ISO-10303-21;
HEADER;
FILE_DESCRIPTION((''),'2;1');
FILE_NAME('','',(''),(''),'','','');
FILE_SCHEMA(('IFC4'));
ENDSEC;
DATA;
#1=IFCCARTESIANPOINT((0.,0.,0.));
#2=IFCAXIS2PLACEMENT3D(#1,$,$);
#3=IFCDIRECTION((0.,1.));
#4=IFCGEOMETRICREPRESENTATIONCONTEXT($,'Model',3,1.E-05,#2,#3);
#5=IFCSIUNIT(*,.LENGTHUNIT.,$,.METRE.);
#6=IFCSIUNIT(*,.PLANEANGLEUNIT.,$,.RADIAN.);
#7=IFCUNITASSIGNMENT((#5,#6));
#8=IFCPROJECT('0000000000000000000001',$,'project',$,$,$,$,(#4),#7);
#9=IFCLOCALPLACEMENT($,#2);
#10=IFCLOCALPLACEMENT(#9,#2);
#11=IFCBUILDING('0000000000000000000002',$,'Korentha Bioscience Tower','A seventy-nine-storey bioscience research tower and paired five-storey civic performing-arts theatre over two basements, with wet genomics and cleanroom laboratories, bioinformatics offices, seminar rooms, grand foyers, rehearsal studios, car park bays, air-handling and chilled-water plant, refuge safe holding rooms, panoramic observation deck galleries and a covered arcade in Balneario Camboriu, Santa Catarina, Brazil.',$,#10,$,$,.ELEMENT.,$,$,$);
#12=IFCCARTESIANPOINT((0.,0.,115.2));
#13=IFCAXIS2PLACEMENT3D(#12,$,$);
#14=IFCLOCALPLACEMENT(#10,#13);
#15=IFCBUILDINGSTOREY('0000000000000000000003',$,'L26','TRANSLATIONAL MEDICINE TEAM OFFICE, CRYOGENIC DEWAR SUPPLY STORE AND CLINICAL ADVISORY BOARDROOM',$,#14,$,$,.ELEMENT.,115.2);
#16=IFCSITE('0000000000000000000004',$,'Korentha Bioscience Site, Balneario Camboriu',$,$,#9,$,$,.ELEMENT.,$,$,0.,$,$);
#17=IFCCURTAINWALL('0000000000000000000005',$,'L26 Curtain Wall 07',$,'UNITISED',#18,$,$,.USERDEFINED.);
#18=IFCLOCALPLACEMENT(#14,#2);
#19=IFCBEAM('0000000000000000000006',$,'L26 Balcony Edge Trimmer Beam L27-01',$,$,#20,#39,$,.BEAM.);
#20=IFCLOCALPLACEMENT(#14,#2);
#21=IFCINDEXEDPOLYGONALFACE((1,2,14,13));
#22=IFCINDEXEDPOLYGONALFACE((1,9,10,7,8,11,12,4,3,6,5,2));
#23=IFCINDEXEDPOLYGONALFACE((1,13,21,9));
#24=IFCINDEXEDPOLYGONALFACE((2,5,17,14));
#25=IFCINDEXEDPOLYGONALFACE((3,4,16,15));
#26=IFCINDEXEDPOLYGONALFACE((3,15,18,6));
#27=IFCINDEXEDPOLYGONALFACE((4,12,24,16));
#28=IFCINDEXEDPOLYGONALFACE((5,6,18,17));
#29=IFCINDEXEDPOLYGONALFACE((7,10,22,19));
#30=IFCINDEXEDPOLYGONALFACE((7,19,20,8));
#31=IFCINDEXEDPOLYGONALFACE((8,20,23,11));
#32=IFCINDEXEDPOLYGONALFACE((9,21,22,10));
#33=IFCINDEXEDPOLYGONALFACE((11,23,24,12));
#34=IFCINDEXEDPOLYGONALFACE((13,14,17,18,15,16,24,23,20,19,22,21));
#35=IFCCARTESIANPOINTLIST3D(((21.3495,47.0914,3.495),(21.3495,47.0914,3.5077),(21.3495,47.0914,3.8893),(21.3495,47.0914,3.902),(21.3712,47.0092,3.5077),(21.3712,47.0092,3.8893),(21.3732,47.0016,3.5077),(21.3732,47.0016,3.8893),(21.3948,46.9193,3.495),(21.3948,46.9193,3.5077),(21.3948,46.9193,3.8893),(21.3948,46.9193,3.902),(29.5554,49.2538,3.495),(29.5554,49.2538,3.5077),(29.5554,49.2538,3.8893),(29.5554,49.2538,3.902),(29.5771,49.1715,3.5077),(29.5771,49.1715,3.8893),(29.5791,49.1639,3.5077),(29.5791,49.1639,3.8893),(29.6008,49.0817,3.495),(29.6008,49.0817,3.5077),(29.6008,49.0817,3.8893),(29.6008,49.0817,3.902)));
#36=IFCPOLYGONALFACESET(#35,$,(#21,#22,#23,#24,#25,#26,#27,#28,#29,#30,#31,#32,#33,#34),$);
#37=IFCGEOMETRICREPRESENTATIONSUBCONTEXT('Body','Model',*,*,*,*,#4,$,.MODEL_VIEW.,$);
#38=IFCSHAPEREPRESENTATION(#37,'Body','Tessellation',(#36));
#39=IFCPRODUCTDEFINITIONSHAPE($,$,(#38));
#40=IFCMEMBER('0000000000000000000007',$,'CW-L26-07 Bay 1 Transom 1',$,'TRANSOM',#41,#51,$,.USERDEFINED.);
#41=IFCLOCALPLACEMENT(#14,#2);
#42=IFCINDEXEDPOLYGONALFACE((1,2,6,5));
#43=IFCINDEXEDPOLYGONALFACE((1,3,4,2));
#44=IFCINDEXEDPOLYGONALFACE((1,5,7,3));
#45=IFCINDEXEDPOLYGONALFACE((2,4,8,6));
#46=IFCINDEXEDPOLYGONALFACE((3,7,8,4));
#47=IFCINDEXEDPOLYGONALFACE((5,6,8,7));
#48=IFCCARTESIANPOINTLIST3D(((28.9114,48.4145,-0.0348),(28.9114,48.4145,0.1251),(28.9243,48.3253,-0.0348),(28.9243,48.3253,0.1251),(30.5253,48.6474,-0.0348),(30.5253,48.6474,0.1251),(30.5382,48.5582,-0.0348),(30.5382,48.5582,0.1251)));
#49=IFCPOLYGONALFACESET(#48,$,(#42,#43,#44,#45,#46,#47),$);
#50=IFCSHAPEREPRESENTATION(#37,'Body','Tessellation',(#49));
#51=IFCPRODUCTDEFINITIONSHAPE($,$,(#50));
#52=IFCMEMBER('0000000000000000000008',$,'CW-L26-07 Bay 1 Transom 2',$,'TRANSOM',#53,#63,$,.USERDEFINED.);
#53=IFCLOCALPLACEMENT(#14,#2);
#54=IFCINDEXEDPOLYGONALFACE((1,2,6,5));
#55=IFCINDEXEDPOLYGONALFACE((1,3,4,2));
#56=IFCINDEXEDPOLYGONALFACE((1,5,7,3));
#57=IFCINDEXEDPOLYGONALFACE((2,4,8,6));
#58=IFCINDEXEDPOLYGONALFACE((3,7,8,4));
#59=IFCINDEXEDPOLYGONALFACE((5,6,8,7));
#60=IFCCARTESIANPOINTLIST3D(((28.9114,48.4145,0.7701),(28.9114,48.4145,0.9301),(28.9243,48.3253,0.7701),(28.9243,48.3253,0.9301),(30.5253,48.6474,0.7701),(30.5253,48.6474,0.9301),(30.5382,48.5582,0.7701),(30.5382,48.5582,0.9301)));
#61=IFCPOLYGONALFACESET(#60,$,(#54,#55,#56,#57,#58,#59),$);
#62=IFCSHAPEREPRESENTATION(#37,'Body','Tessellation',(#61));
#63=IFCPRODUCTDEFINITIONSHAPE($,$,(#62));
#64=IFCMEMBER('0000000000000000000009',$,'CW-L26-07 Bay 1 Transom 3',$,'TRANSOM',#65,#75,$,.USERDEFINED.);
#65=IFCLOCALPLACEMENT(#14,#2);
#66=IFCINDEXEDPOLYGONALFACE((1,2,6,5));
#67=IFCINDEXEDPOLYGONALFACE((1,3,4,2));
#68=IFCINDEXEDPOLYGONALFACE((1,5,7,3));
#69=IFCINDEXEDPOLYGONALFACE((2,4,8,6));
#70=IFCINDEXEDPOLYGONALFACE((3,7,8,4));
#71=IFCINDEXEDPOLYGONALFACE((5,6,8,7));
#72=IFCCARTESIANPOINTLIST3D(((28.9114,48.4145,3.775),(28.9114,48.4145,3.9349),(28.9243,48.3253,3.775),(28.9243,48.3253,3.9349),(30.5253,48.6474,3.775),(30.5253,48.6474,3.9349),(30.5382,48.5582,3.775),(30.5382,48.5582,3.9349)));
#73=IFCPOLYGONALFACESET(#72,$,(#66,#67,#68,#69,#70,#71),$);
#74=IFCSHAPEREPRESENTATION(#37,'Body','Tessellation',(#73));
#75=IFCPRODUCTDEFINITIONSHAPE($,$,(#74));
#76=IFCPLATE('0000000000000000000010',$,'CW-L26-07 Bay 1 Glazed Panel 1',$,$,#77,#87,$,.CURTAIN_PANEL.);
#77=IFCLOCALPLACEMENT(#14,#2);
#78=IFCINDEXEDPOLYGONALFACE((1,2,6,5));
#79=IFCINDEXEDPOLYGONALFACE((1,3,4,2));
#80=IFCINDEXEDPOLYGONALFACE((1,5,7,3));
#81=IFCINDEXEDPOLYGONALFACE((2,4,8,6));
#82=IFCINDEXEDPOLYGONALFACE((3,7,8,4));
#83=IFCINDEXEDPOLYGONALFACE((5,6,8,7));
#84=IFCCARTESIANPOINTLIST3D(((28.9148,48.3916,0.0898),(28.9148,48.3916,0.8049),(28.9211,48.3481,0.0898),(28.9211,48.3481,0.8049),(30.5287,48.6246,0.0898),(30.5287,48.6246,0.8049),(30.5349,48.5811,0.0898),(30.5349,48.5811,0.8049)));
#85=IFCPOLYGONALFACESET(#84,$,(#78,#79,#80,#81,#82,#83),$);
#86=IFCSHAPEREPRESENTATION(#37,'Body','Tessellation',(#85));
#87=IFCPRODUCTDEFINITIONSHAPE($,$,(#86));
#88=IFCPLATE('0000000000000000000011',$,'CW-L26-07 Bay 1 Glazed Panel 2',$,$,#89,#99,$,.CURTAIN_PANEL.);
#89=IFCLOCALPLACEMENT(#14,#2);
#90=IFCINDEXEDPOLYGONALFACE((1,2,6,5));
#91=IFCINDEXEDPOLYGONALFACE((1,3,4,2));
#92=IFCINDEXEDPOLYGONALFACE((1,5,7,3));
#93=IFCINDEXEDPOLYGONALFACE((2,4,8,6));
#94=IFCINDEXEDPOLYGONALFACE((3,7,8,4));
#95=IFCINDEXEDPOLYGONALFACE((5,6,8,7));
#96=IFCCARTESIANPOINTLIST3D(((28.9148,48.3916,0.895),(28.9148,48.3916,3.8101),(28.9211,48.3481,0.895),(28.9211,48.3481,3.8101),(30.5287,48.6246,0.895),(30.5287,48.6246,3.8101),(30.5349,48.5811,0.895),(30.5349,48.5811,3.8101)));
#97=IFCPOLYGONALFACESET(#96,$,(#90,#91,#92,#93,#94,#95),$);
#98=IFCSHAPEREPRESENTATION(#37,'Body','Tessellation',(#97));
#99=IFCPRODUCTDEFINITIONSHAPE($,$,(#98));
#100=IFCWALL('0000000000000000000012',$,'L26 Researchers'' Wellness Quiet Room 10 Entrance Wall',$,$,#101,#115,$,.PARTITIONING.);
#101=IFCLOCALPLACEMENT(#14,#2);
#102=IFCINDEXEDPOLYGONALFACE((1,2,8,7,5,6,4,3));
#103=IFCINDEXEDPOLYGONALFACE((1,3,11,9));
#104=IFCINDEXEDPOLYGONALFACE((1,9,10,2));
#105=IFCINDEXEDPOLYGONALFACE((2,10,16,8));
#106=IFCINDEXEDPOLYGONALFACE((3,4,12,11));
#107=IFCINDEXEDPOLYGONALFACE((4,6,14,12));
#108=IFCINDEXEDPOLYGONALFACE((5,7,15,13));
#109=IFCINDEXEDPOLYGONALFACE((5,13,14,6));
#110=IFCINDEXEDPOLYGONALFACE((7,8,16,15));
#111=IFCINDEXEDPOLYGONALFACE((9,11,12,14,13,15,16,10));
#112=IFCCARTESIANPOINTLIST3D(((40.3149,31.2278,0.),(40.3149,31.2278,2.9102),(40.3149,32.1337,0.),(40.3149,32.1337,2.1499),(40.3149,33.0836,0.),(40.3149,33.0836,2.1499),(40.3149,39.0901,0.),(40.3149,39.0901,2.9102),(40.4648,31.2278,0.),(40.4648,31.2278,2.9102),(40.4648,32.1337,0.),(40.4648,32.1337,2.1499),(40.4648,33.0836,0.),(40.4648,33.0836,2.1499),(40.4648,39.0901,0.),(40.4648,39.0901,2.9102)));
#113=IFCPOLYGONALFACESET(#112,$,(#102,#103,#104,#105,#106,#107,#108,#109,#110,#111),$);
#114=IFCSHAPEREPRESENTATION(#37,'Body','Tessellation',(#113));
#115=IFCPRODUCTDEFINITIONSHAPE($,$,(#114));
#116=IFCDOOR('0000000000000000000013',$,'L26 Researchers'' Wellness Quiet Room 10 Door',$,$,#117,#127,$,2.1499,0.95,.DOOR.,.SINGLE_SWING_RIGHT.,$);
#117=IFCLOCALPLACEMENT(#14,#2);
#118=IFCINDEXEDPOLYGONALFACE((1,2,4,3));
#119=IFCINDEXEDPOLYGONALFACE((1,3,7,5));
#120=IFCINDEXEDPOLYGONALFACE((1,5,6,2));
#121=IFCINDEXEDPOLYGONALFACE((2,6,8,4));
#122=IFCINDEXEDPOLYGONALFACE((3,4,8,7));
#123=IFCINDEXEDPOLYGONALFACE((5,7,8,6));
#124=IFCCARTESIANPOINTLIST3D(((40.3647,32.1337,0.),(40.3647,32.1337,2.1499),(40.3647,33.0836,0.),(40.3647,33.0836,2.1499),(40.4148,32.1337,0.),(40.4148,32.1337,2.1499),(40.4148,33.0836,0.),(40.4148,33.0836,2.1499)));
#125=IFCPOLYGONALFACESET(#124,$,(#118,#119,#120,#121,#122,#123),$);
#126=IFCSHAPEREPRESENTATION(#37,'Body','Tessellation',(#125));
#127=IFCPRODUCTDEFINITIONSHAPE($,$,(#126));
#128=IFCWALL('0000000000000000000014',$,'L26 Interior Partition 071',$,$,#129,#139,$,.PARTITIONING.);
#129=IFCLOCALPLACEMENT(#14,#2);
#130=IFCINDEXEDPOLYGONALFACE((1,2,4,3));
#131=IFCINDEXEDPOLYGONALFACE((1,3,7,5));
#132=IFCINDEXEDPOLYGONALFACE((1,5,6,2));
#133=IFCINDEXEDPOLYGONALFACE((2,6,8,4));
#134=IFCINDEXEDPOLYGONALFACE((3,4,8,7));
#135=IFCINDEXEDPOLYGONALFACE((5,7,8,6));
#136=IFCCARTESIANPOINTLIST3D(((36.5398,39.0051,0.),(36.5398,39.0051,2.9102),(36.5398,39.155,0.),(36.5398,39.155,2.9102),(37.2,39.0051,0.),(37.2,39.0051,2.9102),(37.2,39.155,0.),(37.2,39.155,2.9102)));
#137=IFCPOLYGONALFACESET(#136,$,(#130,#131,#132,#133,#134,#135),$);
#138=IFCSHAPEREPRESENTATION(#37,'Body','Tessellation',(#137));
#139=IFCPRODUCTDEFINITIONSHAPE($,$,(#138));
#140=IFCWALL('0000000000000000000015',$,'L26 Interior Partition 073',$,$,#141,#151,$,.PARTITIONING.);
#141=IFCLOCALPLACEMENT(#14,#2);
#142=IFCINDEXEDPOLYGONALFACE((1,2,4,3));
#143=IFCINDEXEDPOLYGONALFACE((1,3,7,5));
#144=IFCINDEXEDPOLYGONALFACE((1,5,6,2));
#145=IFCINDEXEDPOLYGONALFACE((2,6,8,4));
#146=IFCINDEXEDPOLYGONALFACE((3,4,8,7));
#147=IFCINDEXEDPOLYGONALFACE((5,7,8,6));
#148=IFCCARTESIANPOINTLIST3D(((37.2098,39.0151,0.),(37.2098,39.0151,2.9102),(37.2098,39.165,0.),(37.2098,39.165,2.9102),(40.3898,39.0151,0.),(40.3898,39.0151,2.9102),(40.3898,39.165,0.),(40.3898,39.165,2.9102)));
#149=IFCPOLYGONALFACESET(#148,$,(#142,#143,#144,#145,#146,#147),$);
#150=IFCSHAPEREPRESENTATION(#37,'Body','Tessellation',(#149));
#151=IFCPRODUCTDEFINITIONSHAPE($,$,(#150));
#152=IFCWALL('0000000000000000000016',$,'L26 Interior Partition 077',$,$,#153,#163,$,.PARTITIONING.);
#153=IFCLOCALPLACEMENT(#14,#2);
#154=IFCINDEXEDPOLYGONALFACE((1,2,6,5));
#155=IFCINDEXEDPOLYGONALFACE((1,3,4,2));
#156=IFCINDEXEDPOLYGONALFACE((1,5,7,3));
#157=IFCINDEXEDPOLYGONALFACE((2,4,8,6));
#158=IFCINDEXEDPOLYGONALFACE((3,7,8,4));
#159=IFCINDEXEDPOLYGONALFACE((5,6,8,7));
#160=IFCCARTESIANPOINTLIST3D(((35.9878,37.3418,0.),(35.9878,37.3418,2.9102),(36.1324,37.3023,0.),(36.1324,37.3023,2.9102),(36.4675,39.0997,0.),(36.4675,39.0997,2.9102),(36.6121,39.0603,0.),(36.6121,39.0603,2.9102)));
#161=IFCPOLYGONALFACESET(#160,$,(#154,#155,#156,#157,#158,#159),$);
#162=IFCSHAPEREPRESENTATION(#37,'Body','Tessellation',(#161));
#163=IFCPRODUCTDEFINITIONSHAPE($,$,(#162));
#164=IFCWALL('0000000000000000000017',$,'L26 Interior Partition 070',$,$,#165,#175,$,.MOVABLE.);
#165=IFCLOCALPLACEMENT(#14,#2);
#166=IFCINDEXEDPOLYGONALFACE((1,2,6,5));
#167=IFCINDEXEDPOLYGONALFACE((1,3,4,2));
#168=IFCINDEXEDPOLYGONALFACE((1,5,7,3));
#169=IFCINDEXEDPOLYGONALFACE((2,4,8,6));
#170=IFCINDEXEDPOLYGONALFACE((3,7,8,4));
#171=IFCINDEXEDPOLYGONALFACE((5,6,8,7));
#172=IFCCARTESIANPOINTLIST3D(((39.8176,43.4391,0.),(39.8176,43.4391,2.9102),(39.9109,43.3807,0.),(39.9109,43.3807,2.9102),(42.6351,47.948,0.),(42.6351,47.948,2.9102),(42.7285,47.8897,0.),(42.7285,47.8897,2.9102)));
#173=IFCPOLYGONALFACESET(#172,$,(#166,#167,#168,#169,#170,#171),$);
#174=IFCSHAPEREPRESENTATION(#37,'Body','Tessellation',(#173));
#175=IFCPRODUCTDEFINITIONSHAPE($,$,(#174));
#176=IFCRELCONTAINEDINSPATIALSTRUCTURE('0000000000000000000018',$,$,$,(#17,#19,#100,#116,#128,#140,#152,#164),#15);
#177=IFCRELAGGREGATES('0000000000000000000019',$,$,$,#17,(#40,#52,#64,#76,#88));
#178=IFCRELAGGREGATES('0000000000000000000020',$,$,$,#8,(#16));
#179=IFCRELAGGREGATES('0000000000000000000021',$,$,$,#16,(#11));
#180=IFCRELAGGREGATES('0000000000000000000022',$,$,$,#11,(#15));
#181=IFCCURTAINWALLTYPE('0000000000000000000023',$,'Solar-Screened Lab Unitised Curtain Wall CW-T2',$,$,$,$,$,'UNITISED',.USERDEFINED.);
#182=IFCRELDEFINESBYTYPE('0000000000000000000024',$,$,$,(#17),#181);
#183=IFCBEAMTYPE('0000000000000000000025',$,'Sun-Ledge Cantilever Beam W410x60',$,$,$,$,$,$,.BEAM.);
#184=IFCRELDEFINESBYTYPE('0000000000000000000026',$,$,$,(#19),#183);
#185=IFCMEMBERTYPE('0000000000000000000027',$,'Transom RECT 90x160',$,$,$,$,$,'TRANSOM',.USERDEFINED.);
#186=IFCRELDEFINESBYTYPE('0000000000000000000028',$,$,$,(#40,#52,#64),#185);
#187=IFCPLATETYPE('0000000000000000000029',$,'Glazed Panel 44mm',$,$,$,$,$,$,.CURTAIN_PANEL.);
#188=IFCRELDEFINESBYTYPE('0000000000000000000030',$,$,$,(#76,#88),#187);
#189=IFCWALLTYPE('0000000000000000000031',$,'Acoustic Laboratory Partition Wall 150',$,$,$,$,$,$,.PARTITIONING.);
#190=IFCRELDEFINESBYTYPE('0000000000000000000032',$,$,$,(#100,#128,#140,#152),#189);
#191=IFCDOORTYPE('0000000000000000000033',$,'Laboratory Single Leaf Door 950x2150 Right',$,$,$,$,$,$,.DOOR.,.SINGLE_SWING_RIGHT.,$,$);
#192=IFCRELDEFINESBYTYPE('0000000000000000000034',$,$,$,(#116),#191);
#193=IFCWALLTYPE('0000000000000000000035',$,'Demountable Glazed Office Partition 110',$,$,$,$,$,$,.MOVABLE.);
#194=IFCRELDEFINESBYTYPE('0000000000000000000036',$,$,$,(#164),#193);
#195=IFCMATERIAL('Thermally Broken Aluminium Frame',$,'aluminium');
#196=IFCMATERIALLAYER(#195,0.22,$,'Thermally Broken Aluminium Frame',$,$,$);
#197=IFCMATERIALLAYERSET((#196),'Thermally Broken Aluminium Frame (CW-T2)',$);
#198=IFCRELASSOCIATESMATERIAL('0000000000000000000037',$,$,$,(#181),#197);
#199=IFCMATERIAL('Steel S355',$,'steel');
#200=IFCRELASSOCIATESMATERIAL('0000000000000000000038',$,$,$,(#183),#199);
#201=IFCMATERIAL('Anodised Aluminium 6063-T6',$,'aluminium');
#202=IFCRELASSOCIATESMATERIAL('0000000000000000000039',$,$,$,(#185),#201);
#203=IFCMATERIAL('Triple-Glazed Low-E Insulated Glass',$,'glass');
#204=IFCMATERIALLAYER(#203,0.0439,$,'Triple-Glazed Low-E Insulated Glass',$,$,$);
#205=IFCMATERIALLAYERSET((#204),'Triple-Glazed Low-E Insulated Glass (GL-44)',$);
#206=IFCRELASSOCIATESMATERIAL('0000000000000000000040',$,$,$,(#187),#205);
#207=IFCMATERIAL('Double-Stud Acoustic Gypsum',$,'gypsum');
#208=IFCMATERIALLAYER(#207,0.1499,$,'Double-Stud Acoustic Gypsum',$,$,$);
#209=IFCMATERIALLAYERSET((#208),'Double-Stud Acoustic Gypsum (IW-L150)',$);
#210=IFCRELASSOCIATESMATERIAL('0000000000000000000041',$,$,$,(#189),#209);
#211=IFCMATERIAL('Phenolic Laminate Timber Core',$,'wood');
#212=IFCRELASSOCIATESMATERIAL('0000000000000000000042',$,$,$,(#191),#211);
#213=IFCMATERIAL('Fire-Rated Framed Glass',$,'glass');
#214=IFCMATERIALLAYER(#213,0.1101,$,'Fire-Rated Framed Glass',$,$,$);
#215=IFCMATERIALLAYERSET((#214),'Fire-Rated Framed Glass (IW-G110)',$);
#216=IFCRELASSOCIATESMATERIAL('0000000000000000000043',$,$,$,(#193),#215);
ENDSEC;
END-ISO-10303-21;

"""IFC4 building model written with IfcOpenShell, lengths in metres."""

from ifc_helpers import new_model, si_unit, direction, frame, frame_2d, origin, origin_2d, place, context, subcontext, project, spatial, rectangle, i_section, extrude, material, layer, layer_set, material_profile, profile_set, type_object, element, fill, aggregate, save


model = new_model("IFC4")

# Units and contexts
model_context = context("Model", 3, precision=1e-05, world=origin(), true_north=direction((0.0, 1.0)))
body_context = subcontext(model_context, "Body", "Model", "MODEL_VIEW")
ifc_project = project(units=[si_unit("LENGTHUNIT", "METRE"), si_unit("PLANEANGLEUNIT", "RADIAN")], contexts=[model_context])

# Site, building, storey
site_placement = place(None, origin())
site = spatial("IfcSite", under=ifc_project, at=site_placement, Name="Korentha Bioscience Site, Balneario Camboriu", CompositionType="ELEMENT", RefElevation=0.0)
building_placement = place(site_placement, origin())
building = spatial("IfcBuilding", under=site, at=building_placement, Name="Korentha Bioscience Tower", Description="A seventy-nine-storey bioscience research tower and paired five-storey civic performing-arts theatre over two basements, with wet genomics and cleanroom laboratories, bioinformatics offices, seminar rooms, grand foyers, rehearsal studios, car park bays, air-handling and chilled-water plant, refuge safe holding rooms, panoramic observation deck galleries and a covered arcade in Balneario Camboriu, Santa Catarina, Brazil.", CompositionType="ELEMENT")
storey_placement = place(building_placement, frame((0.0, 0.0, 115.2)))
storey = spatial("IfcBuildingStorey", under=building, at=storey_placement, Name="L26", Description="TRANSLATIONAL MEDICINE TEAM OFFICE, CRYOGENIC DEWAR SUPPLY STORE AND CLINICAL ADVISORY BOARDROOM", CompositionType="ELEMENT", Elevation=115.2)

# Curtain wall
ifc_material_1 = material(Name="Thermally Broken Aluminium Frame", Category="aluminium")
ifc_layer_1 = layer(ifc_material_1, 0.22, Name="Thermally Broken Aluminium Frame")
ifc_layer_set_1 = layer_set([ifc_layer_1], Name="Thermally Broken Aluminium Frame (CW-T2)")
curtain_wall_type = type_object("IfcCurtainWallType", Name="Solar-Screened Lab Unitised Curtain Wall CW-T2", ElementType="UNITISED", PredefinedType="USERDEFINED", material=ifc_layer_set_1)
curtain_wall_placement = place(storey_placement, origin())
curtain_wall = element("IfcCurtainWall", 1, at=curtain_wall_placement, inside=storey, type_object=curtain_wall_type, Name="L26 Curtain Wall 07", ObjectType="UNITISED", PredefinedType="USERDEFINED")
ifc_material_2 = material(Name="Anodised Aluminium 6063-T6", Category="aluminium")

# Beam
ifc_material_3 = material(Name="Steel S355", Category="steel")
ifc_material_profile_1 = material_profile(ifc_material_3, i_section(OverallWidth=0.178, OverallDepth=0.407, WebThickness=0.0078, FlangeThickness=0.0127, at=origin_2d()), Name="Steel S355")
ifc_profile_set_1 = profile_set([ifc_material_profile_1], Name="Steel S355 (CB-410)")
beam_type_1 = type_object("IfcBeamType", Name="Sun-Ledge Cantilever Beam W410x60", PredefinedType="BEAM", material=ifc_profile_set_1)
beam_1_placement = place(storey_placement, frame((29.5781, 49.1677, 3.6985), z_axis=(-0.966991, -0.254809, 0.0), x_axis=(0.254809, -0.966991, 0.0)))
element("IfcBeam", 2, at=beam_1_placement, inside=storey, type_object=beam_type_1, Name="L26 Balcony Edge Trimmer Beam L27-01", PredefinedType="BEAM", context=body_context, shape_type="SweptSolid", body=[
    extrude(i_section(OverallWidth=0.178, OverallDepth=0.407, WebThickness=0.0078, FlangeThickness=0.0127, at=origin_2d()), origin(), (0.0, 0.0, 1.0), 8.4861),
])

# Members
ifc_material_profile_2 = material_profile(ifc_material_2, rectangle(XDim=0.0901, YDim=0.1599, at=origin_2d()), Name="Anodised Aluminium 6063-T6")
ifc_profile_set_2 = profile_set([ifc_material_profile_2], Name="Anodised Aluminium 6063-T6 (CW-TRN)")
member_type_1 = type_object("IfcMemberType", Name="Transom RECT 90x160", ElementType="TRANSOM", PredefinedType="USERDEFINED", material=ifc_profile_set_2)
member_1_placement = place(storey_placement, frame((30.5317, 48.6028, 0.0452), z_axis=(-0.989748, -0.142826, 0.0), x_axis=(0.142826, -0.989748, 0.0)))
member_1 = element("IfcMember", 3, at=member_1_placement, type_object=member_type_1, Name="CW-L26-07 Bay 1 Transom 1", ObjectType="TRANSOM", PredefinedType="USERDEFINED", context=body_context, shape_type="SweptSolid", body=[
    extrude(rectangle(XDim=0.0901, YDim=0.1599, at=origin_2d()), origin(), (0.0, 0.0, 1.0), 1.6306),
])
member_2_placement = place(storey_placement, frame((30.5317, 48.6028, 0.8501), z_axis=(-0.989748, -0.142826, 0.0), x_axis=(0.142826, -0.989748, 0.0)))
member_2 = element("IfcMember", 4, at=member_2_placement, type_object=member_type_1, Name="CW-L26-07 Bay 1 Transom 2", ObjectType="TRANSOM", PredefinedType="USERDEFINED", context=body_context, shape_type="SweptSolid", body=[
    extrude(rectangle(XDim=0.0901, YDim=0.1599, at=origin_2d()), origin(), (0.0, 0.0, 1.0), 1.6306),
])
member_3_placement = place(storey_placement, frame((30.5317, 48.6028, 3.855), z_axis=(-0.989748, -0.142826, 0.0), x_axis=(0.142826, -0.989748, 0.0)))
member_3 = element("IfcMember", 5, at=member_3_placement, type_object=member_type_1, Name="CW-L26-07 Bay 1 Transom 3", ObjectType="TRANSOM", PredefinedType="USERDEFINED", context=body_context, shape_type="SweptSolid", body=[
    extrude(rectangle(XDim=0.0901, YDim=0.1599, at=origin_2d()), origin(), (0.0, 0.0, 1.0), 1.6306),
])

# Plates
ifc_material_4 = material(Name="Triple-Glazed Low-E Insulated Glass", Category="glass")
ifc_layer_2 = layer(ifc_material_4, 0.0439, Name="Triple-Glazed Low-E Insulated Glass")
ifc_layer_set_2 = layer_set([ifc_layer_2], Name="Triple-Glazed Low-E Insulated Glass (GL-44)")
plate_type = type_object("IfcPlateType", Name="Glazed Panel 44mm", PredefinedType="CURTAIN_PANEL", material=ifc_layer_set_2)
plate_1_placement = place(storey_placement, frame((29.7249, 48.4863, 0.0898), z_axis=(0.0, 0.0, 1.0), x_axis=(-0.989738, -0.142892, 0.0)))
plate_1 = element("IfcPlate", 6, at=plate_1_placement, type_object=plate_type, Name="CW-L26-07 Bay 1 Glazed Panel 1", PredefinedType="CURTAIN_PANEL", context=body_context, shape_type="SweptSolid", body=[
    extrude(rectangle(XDim=1.6306, YDim=0.0439, at=origin_2d()), origin(), (0.0, 0.0, 1.0), 0.7151),
])
plate_2_placement = place(storey_placement, frame((29.7249, 48.4863, 0.895), z_axis=(0.0, 0.0, 1.0), x_axis=(-0.989738, -0.142892, 0.0)))
plate_2 = element("IfcPlate", 7, at=plate_2_placement, type_object=plate_type, Name="CW-L26-07 Bay 1 Glazed Panel 2", PredefinedType="CURTAIN_PANEL", context=body_context, shape_type="SweptSolid", body=[
    extrude(rectangle(XDim=1.6306, YDim=0.0439, at=origin_2d()), origin(), (0.0, 0.0, 1.0), 2.915),
])
aggregate(curtain_wall, [member_1, member_2, member_3, plate_1, plate_2])

# Wall, opening, door
ifc_material_5 = material(Name="Double-Stud Acoustic Gypsum", Category="gypsum")
ifc_layer_3 = layer(ifc_material_5, 0.1499, Name="Double-Stud Acoustic Gypsum")
ifc_layer_set_3 = layer_set([ifc_layer_3], Name="Double-Stud Acoustic Gypsum (IW-L150)")
wall_type_1 = type_object("IfcWallType", Name="Acoustic Laboratory Partition Wall 150", PredefinedType="PARTITIONING", material=ifc_layer_set_3)
wall_1_placement = place(storey_placement, frame((40.3899, 39.0901, 0.0), z_axis=(0.0, 0.0, 1.0), x_axis=(0.0, -1.0, 0.0)))
wall_1 = element("IfcWall", 8, at=wall_1_placement, inside=storey, type_object=wall_type_1, Name="L26 Researchers' Wellness Quiet Room 10 Entrance Wall", PredefinedType="PARTITIONING", context=body_context, shape_type="SweptSolid", body=[
    extrude(rectangle(XDim=7.8623, YDim=0.1499, at=frame_2d((3.9312, 0.0))), origin(), (0.0, 0.0, 1.0), 2.9102),
])
opening_1_placement = place(wall_1_placement, frame((6.0063, 0.0, 0.0)))
opening_1 = element("IfcOpeningElement", 9, at=opening_1_placement, cuts=wall_1, PredefinedType="OPENING", context=body_context, shape_type="SweptSolid", body=[
    extrude(rectangle(XDim=0.95, YDim=2.1499, at=frame_2d((0.4751, 1.075))), frame((0.0, 0.0898, 0.0), z_axis=(0.0, -1.0, 0.0), x_axis=(1.0, 0.0, 0.0)), (0.0, 0.0, 1.0), 0.1797),
])
ifc_material_6 = material(Name="Phenolic Laminate Timber Core", Category="wood")
door_type_1 = type_object("IfcDoorType", Name="Laboratory Single Leaf Door 950x2150 Right", OperationType="SINGLE_SWING_RIGHT", PredefinedType="DOOR", material=ifc_material_6)
door_1_placement = place(opening_1_placement, origin())
door_1 = element("IfcDoor", 10, at=door_1_placement, inside=storey, type_object=door_type_1, Name="L26 Researchers' Wellness Quiet Room 10 Door", OperationType="SINGLE_SWING_RIGHT", OverallHeight=2.1499, OverallWidth=0.95, PredefinedType="DOOR", context=body_context, shape_type="SweptSolid", body=[
    extrude(rectangle(XDim=0.95, YDim=2.1499, at=frame_2d((0.4751, 1.075))), frame((0.0, 0.0249, 0.0), z_axis=(0.0, -1.0, 0.0), x_axis=(1.0, 0.0, 0.0)), (0.0, 0.0, 1.0), 0.05),
])
fill(opening_1, door_1)

# Walls
wall_2_placement = place(storey_placement, frame((36.5398, 39.0801, 0.0), z_axis=(0.0, 0.0, 1.0), x_axis=(1.0, 0.0, 0.0)))
element("IfcWall", 11, at=wall_2_placement, inside=storey, type_object=wall_type_1, Name="L26 Interior Partition 071", PredefinedType="PARTITIONING", context=body_context, shape_type="SweptSolid", body=[
    extrude(rectangle(XDim=0.6602, YDim=0.1499, at=frame_2d((0.3301, 0.0))), origin(), (0.0, 0.0, 1.0), 2.9102),
])
wall_3_placement = place(storey_placement, frame((37.21, 39.0901, 0.0), z_axis=(0.0, 0.0, 1.0), x_axis=(1.0, 0.0, 0.0)))
element("IfcWall", 12, at=wall_3_placement, inside=storey, type_object=wall_type_1, Name="L26 Interior Partition 073", PredefinedType="PARTITIONING", context=body_context, shape_type="SweptSolid", body=[
    extrude(rectangle(XDim=3.1799, YDim=0.1499, at=frame_2d((1.5898, 0.0))), origin(), (0.0, 0.0, 1.0), 2.9102),
])
wall_4_placement = place(storey_placement, frame((36.0601, 37.322, 0.0), z_axis=(0.0, 0.0, 1.0), x_axis=(0.263253, 0.964727, 0.0)))
element("IfcWall", 13, at=wall_4_placement, inside=storey, type_object=wall_type_1, Name="L26 Interior Partition 077", PredefinedType="PARTITIONING", context=body_context, shape_type="SweptSolid", body=[
    extrude(rectangle(XDim=1.8223, YDim=0.1499, at=frame_2d((0.9111, 0.0))), origin(), (0.0, 0.0, 1.0), 2.9102),
])
ifc_material_7 = material(Name="Fire-Rated Framed Glass", Category="glass")
ifc_layer_4 = layer(ifc_material_7, 0.1101, Name="Fire-Rated Framed Glass")
ifc_layer_set_4 = layer_set([ifc_layer_4], Name="Fire-Rated Framed Glass (IW-G110)")
wall_type_2 = type_object("IfcWallType", Name="Demountable Glazed Office Partition 110", PredefinedType="MOVABLE", material=ifc_layer_set_4)
wall_5_placement = place(storey_placement, frame((39.8643, 43.4099, 0.0), z_axis=(0.0, 0.0, 1.0), x_axis=(0.529929, 0.848042, 0.0)))
element("IfcWall", 14, at=wall_5_placement, inside=storey, type_object=wall_type_2, Name="L26 Interior Partition 070", PredefinedType="MOVABLE", context=body_context, shape_type="SweptSolid", body=[
    extrude(rectangle(XDim=5.3169, YDim=0.1101, at=frame_2d((2.6584, 0.0))), origin(), (0.0, 0.0, 1.0), 2.9102),
])

save(model, "model.ifc")
